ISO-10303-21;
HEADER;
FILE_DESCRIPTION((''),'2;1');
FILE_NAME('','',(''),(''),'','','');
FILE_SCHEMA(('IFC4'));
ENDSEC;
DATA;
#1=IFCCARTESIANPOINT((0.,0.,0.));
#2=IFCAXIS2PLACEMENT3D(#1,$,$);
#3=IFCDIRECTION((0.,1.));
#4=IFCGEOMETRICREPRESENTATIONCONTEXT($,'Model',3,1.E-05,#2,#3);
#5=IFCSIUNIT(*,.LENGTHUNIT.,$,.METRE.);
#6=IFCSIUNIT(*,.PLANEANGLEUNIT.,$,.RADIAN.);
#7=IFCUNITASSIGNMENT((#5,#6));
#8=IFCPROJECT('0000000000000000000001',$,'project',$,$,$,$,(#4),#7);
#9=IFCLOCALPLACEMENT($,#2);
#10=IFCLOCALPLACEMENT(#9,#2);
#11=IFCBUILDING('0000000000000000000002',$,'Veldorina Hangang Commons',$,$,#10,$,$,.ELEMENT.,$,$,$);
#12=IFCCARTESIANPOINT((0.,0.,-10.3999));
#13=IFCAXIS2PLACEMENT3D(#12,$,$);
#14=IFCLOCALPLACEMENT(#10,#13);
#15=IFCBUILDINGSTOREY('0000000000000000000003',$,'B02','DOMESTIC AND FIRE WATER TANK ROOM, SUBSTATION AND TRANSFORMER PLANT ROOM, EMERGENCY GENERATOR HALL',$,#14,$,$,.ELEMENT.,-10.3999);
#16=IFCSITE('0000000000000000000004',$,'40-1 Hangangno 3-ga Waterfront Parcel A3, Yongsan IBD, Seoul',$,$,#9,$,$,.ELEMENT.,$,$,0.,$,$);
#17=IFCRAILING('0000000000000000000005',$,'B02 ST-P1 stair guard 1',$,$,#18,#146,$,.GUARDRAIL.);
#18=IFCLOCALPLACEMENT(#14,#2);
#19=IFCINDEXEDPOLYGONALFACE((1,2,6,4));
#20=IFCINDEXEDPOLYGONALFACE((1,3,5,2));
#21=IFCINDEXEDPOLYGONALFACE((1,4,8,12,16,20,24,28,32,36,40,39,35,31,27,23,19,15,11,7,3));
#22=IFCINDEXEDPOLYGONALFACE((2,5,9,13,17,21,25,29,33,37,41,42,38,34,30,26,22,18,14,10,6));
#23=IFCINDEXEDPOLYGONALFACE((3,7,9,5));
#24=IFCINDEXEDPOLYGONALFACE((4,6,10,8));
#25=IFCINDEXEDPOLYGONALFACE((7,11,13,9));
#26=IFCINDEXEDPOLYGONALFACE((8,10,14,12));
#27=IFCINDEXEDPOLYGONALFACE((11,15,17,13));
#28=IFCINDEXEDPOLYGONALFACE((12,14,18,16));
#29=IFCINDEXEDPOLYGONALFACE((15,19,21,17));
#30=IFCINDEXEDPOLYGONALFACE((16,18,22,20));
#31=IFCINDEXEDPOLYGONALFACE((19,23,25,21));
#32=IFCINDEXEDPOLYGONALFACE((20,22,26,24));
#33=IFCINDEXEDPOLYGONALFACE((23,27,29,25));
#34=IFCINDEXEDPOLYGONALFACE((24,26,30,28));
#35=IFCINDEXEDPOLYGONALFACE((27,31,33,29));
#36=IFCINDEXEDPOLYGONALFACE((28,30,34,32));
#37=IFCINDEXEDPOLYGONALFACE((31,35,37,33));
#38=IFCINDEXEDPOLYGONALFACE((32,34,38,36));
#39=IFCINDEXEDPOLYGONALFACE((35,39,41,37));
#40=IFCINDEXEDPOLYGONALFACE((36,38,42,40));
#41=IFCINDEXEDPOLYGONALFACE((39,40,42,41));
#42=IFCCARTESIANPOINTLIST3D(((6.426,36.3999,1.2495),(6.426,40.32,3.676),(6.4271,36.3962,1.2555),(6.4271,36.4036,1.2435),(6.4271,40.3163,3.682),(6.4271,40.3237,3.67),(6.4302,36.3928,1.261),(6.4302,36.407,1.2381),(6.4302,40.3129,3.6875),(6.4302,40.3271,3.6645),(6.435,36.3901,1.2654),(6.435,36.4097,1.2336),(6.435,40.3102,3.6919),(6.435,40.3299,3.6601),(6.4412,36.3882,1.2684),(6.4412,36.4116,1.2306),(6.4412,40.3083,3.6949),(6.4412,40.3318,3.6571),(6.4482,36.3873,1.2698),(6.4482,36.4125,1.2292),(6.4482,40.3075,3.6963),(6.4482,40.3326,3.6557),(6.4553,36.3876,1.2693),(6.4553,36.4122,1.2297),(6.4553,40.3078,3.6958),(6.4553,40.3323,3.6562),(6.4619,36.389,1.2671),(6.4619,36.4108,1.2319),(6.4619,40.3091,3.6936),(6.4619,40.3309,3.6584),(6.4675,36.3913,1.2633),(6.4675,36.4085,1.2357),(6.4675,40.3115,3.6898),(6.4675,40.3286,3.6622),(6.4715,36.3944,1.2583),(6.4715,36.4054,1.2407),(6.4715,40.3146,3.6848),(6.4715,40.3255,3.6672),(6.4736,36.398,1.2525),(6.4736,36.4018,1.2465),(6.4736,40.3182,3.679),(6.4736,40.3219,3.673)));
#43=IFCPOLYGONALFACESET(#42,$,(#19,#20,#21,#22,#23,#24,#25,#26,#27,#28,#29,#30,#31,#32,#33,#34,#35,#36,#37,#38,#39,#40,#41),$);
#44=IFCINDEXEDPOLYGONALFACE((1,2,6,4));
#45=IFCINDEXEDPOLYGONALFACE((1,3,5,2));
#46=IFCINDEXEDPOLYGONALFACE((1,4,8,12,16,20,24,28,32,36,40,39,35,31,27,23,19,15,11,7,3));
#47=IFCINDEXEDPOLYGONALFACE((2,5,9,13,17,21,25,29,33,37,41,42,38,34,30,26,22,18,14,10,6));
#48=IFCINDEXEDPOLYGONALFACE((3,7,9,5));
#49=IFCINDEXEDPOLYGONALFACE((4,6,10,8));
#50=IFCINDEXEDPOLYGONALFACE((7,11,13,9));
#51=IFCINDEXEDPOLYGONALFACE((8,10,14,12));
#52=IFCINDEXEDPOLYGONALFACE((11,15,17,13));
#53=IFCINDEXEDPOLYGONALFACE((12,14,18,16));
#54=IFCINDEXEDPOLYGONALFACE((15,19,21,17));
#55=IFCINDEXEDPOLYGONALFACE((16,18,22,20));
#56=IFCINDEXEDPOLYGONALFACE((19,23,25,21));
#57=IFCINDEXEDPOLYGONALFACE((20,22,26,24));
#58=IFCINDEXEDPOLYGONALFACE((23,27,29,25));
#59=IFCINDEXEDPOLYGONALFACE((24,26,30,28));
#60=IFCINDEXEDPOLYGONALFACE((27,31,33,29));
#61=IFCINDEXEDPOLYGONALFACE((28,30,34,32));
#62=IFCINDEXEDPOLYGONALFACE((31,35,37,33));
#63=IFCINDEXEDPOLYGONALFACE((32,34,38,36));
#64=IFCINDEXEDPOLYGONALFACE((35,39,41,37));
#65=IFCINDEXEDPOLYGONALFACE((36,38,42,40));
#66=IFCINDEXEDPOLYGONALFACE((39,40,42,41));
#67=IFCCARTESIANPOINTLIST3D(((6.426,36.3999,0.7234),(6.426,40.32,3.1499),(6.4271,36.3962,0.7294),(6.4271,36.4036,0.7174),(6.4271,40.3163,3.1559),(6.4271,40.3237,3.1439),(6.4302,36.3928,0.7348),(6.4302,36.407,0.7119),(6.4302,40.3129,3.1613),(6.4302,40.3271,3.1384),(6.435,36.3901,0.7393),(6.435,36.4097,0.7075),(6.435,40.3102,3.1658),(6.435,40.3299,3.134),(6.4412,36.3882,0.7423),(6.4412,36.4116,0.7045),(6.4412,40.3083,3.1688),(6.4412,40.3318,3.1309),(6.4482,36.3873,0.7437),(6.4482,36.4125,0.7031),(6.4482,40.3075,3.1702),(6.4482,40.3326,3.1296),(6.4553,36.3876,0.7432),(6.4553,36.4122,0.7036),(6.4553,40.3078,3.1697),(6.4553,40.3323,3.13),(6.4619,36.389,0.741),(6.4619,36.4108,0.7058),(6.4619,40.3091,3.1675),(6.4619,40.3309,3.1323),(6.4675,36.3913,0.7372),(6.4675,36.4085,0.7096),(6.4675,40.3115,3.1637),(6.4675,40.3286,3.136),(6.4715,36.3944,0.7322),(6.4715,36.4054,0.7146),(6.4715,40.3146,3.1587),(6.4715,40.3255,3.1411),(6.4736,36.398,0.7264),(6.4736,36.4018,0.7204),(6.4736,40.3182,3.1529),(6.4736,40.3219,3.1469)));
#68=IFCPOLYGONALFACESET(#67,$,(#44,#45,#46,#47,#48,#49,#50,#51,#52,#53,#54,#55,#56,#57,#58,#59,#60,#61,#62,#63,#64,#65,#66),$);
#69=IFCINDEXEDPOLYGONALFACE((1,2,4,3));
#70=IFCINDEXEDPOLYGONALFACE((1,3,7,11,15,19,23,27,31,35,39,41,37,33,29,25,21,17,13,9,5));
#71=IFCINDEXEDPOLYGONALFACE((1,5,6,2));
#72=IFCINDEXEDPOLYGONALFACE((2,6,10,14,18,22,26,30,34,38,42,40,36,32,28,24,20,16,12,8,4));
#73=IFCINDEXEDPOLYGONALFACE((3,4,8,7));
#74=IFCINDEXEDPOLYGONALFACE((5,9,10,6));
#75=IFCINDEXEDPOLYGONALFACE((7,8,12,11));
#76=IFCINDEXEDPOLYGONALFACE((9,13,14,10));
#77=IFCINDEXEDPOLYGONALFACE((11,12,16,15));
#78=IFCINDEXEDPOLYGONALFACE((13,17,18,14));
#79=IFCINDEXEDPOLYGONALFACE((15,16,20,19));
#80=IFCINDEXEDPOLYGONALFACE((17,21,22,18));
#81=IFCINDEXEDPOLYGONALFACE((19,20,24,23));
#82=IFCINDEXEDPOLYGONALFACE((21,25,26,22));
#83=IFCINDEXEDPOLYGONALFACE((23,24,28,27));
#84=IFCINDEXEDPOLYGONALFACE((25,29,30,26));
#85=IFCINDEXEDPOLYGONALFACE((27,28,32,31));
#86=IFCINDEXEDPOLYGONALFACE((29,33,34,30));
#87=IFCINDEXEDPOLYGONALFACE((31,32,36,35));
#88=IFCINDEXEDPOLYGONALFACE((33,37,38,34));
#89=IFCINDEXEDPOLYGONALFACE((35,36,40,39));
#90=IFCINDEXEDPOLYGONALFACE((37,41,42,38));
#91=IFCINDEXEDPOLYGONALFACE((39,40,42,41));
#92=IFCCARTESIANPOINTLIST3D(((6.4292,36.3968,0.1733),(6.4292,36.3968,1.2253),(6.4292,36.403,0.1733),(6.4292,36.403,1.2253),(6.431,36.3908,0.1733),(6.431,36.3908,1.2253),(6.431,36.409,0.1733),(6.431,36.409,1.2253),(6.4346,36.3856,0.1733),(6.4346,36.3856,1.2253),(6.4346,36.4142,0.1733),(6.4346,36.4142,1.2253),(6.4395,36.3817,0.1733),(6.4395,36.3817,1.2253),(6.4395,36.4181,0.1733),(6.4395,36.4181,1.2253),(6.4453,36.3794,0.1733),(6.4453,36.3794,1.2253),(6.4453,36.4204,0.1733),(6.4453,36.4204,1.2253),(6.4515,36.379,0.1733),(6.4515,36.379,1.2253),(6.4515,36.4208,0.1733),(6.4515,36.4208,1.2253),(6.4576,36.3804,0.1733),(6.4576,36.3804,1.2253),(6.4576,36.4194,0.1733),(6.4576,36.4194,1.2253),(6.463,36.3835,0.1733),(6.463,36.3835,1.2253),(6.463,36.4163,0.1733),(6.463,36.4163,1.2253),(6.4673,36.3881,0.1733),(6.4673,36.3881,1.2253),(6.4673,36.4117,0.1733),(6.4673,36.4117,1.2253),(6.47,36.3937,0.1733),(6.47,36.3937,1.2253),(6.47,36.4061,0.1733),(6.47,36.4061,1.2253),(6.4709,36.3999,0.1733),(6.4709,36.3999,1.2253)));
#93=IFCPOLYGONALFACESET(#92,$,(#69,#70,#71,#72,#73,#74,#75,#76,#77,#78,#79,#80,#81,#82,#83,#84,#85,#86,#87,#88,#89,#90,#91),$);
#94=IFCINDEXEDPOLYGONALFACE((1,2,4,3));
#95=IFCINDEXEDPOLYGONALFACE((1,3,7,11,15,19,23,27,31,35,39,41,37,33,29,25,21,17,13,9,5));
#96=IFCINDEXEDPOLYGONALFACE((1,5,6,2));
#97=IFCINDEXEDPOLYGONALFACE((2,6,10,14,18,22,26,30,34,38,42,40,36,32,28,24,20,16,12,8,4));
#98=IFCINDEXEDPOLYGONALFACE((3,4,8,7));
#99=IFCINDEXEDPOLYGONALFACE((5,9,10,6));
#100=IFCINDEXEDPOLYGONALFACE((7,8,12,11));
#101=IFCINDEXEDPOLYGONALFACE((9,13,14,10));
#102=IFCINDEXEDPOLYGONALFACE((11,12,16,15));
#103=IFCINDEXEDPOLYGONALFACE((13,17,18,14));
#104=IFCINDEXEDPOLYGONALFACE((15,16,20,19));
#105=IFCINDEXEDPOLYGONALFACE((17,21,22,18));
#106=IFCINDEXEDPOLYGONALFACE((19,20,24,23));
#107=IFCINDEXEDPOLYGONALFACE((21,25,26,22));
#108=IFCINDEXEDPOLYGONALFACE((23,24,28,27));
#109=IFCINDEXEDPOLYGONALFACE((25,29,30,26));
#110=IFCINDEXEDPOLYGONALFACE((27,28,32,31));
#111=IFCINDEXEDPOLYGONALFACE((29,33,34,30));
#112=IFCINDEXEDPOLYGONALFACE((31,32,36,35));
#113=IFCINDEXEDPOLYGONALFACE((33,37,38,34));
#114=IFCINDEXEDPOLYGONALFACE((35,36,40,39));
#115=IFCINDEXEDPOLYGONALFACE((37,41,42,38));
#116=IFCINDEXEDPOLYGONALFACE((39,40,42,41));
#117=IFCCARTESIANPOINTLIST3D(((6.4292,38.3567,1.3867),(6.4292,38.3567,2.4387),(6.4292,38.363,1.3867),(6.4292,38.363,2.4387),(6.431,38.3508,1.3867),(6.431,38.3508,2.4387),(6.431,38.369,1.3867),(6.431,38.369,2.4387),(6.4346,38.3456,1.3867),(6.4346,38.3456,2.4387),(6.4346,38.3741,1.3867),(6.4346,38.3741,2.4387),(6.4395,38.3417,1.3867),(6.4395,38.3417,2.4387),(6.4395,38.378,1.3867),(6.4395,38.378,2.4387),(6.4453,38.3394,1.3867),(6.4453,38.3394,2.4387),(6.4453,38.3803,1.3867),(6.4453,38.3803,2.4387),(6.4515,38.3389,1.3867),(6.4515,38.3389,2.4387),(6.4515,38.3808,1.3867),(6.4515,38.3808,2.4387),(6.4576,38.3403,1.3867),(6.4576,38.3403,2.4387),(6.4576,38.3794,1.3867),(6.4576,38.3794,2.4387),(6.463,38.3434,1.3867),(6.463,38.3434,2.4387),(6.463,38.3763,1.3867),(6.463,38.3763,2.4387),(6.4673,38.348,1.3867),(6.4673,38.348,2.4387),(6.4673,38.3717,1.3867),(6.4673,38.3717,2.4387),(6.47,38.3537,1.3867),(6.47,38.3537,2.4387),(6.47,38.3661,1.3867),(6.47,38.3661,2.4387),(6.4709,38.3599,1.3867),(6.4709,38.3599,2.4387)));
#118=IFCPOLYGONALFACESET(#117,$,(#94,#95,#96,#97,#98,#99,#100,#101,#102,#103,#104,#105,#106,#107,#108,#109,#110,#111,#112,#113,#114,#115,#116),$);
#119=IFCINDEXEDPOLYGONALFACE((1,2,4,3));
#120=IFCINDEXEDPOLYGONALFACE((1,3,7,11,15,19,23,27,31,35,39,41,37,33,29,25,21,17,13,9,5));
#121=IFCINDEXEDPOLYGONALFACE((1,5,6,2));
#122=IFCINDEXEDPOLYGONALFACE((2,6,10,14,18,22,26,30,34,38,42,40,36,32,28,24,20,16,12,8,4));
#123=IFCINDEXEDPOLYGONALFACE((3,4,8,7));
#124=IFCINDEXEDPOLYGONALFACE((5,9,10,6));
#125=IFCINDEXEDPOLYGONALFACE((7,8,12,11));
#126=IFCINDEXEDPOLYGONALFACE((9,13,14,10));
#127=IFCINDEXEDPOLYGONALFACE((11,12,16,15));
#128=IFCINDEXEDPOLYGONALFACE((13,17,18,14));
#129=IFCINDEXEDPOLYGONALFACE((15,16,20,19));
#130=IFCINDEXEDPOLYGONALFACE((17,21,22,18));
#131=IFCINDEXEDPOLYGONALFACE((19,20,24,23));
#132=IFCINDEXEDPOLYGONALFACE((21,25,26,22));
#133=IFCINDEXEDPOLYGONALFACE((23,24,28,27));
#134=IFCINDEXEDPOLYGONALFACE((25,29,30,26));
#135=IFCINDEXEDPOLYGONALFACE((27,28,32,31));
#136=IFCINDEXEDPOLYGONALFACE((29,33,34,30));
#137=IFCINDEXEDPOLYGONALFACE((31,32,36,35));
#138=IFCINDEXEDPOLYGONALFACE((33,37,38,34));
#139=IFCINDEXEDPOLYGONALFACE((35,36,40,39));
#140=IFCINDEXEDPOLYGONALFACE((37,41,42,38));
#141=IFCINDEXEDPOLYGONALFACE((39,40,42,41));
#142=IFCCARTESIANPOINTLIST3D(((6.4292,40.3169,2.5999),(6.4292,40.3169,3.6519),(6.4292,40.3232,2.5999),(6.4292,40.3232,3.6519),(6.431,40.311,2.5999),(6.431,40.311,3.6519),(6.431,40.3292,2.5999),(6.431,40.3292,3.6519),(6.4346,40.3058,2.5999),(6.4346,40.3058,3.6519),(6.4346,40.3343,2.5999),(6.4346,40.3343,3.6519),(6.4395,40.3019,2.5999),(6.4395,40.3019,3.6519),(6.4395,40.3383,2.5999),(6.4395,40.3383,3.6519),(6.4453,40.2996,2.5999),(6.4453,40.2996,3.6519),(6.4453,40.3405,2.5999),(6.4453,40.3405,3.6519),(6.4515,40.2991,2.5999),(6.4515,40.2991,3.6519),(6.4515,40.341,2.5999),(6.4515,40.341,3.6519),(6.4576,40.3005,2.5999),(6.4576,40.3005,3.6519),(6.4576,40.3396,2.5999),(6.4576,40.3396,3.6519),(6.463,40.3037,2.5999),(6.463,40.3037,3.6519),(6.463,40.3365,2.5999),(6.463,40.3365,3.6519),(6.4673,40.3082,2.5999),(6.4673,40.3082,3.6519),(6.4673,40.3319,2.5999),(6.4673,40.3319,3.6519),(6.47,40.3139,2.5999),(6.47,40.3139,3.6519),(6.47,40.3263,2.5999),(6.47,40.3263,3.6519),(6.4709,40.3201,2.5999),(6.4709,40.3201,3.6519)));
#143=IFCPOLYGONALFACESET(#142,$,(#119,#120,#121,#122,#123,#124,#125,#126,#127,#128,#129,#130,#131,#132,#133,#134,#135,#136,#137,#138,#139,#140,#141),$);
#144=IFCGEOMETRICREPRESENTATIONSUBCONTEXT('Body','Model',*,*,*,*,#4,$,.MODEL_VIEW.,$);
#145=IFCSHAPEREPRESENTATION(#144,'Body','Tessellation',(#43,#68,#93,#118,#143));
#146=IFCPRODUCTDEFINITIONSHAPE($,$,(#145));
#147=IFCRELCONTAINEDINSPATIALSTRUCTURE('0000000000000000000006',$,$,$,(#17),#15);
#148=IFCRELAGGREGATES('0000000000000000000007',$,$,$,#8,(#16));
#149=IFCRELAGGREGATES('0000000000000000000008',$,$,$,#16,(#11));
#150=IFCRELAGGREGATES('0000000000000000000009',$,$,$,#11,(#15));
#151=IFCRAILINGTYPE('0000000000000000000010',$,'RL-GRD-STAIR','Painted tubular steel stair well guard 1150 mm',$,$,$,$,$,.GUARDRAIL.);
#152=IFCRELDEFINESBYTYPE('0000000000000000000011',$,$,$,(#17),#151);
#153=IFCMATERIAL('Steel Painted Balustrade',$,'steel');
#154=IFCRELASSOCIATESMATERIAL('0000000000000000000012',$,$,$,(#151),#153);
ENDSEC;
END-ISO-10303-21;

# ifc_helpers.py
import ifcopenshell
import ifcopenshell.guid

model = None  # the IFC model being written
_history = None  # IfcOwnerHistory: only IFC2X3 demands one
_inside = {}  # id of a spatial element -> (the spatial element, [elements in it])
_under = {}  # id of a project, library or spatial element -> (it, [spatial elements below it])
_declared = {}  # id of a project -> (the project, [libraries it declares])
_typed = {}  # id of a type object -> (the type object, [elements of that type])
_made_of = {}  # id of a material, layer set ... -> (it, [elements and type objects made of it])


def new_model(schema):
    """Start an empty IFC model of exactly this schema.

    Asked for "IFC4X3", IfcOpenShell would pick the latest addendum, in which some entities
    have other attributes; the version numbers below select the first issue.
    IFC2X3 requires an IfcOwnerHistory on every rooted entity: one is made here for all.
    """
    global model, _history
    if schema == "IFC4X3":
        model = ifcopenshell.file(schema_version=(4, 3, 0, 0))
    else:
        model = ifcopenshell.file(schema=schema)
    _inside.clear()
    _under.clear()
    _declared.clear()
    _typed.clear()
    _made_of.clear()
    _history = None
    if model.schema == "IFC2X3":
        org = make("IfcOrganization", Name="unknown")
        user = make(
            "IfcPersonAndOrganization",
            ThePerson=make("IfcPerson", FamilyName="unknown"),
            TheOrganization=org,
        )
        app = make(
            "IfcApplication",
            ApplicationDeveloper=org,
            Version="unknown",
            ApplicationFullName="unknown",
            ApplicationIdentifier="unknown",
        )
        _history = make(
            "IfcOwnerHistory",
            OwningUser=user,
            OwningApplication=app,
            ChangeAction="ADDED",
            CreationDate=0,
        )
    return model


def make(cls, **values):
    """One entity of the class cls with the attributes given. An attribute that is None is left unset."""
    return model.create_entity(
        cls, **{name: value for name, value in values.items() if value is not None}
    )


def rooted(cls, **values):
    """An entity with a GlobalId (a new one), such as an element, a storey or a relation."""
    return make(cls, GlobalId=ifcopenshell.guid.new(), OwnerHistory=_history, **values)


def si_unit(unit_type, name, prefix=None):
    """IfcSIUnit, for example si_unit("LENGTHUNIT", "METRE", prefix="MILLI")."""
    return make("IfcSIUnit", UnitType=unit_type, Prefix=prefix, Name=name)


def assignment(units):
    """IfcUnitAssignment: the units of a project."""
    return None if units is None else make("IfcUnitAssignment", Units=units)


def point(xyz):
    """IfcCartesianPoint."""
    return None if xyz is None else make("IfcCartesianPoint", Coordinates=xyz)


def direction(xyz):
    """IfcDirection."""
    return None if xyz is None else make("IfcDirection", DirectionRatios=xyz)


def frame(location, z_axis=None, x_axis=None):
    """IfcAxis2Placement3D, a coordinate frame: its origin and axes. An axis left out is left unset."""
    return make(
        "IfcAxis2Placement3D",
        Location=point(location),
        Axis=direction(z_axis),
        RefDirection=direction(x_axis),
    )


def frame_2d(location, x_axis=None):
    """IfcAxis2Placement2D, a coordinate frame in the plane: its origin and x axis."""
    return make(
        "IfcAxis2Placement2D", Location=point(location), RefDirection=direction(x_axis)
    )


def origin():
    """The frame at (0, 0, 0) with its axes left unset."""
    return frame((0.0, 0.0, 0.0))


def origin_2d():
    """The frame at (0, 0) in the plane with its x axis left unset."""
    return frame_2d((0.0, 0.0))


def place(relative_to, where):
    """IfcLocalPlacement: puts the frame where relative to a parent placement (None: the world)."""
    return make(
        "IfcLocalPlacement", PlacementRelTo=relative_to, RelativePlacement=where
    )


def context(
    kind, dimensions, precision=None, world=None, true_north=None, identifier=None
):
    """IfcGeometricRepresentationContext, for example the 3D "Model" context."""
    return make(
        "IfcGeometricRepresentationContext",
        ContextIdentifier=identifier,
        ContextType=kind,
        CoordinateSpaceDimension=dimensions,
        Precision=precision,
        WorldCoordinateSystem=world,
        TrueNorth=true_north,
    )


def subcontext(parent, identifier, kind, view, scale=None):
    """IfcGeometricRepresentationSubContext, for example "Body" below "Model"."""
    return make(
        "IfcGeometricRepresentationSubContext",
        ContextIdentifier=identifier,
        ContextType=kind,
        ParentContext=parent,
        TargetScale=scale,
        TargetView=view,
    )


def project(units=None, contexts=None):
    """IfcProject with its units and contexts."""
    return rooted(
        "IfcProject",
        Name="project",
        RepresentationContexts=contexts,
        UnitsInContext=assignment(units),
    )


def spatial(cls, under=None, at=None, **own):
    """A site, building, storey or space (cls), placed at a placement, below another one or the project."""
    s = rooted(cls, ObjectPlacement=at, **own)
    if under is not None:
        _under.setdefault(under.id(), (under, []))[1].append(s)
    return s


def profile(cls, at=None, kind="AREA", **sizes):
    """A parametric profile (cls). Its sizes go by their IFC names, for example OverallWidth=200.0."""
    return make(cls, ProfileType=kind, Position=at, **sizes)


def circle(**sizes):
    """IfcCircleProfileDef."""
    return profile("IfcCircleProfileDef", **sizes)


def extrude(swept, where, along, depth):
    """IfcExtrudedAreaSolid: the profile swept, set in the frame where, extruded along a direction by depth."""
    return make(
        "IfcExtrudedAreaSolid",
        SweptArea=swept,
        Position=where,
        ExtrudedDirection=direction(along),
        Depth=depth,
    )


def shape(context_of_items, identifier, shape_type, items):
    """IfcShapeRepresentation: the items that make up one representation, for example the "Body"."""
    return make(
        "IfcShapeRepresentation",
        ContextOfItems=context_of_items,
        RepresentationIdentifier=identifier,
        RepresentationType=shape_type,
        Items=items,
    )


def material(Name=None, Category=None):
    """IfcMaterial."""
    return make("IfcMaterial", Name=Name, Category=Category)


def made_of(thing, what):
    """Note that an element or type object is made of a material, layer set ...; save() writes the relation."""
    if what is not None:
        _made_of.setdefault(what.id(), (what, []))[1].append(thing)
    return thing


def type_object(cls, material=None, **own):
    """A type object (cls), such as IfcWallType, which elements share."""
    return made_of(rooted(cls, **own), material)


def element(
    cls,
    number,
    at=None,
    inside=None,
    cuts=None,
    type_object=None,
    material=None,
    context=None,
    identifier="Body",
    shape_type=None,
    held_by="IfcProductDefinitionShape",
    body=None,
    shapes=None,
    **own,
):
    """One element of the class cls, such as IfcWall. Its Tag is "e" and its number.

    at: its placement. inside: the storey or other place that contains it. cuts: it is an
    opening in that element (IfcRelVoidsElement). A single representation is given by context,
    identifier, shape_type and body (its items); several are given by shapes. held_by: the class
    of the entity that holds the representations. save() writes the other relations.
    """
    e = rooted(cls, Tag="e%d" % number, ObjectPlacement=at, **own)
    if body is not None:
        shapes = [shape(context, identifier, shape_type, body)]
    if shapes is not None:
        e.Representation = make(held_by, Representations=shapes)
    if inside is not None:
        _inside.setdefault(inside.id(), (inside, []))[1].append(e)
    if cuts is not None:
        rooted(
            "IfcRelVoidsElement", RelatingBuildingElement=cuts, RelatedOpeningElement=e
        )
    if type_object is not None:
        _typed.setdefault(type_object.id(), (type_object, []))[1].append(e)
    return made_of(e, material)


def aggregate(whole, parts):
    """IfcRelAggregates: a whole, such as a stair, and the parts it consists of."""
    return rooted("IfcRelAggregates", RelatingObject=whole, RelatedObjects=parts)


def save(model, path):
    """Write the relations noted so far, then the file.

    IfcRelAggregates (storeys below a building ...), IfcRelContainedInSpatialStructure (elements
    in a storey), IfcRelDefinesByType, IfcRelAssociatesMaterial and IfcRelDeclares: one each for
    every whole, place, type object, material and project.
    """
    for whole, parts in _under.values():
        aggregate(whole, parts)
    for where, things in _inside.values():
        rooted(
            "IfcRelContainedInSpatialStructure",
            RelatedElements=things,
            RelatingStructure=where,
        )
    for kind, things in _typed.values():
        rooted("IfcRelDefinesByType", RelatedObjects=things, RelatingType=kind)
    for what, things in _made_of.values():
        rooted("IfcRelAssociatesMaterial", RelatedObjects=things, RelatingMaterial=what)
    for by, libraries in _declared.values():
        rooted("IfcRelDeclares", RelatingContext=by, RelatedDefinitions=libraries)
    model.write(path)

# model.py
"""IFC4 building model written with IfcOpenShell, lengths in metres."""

from ifc_helpers import new_model, si_unit, direction, frame, origin, origin_2d, place, context, subcontext, project, spatial, circle, extrude, material, type_object, element, save


model = new_model("IFC4")

# Units and contexts
model_context = context("Model", 3, precision=1e-05, world=origin(), true_north=direction((0.0, 1.0)))
body_context = subcontext(model_context, "Body", "Model", "MODEL_VIEW")
ifc_project = project(units=[si_unit("LENGTHUNIT", "METRE"), si_unit("PLANEANGLEUNIT", "RADIAN")], contexts=[model_context])

# Site, building, storey
site_placement = place(None, origin())
site = spatial("IfcSite", under=ifc_project, at=site_placement, Name="40-1 Hangangno 3-ga Waterfront Parcel A3, Yongsan IBD, Seoul", CompositionType="ELEMENT", RefElevation=0.0)
building_placement = place(site_placement, origin())
building = spatial("IfcBuilding", under=site, at=building_placement, Name="Veldorina Hangang Commons", CompositionType="ELEMENT")
storey_placement = place(building_placement, frame((0.0, 0.0, -10.3999)))
storey = spatial("IfcBuildingStorey", under=building, at=storey_placement, Name="B02", Description="DOMESTIC AND FIRE WATER TANK ROOM, SUBSTATION AND TRANSFORMER PLANT ROOM, EMERGENCY GENERATOR HALL", CompositionType="ELEMENT", Elevation=-10.3999)

# Railing
ifc_material_1 = material(Name="Steel Painted Balustrade", Category="steel")
railing_type_1 = type_object("IfcRailingType", Name="RL-GRD-STAIR", Description="Painted tubular steel stair well guard 1150 mm", PredefinedType="GUARDRAIL", material=ifc_material_1)
railing_1_placement = place(storey_placement, frame((6.45, 36.3999, 0.1733)))
element("IfcRailing", 1, at=railing_1_placement, inside=storey, type_object=railing_type_1, Name="B02 ST-P1 stair guard 1", PredefinedType="GUARDRAIL", context=body_context, shape_type="SweptSolid", body=[
    extrude(circle(Radius=0.0239, at=origin_2d()), frame((0.0, 0.0, 1.0762), z_axis=(0.0, 0.85029, 0.526315), x_axis=(-1.0, 0.0, 0.0)), (0.0, 0.0, 1.0), 4.6104),
    extrude(circle(Radius=0.0239, at=origin_2d()), frame((0.0, 0.0, 0.55), z_axis=(0.0, 0.85029, 0.526315), x_axis=(-1.0, 0.0, 0.0)), (0.0, 0.0, 1.0), 4.6104),
    extrude(circle(Radius=0.021, at=origin_2d()), origin(), (0.0, 0.0, 1.0), 1.052),
    extrude(circle(Radius=0.021, at=origin_2d()), frame((0.0, 1.96, 1.2134)), (0.0, 0.0, 1.0), 1.052),
    extrude(circle(Radius=0.021, at=origin_2d()), frame((0.0, 3.9202, 2.4265)), (0.0, 0.0, 1.0), 1.052),
])

save(model, "model.ifc")
